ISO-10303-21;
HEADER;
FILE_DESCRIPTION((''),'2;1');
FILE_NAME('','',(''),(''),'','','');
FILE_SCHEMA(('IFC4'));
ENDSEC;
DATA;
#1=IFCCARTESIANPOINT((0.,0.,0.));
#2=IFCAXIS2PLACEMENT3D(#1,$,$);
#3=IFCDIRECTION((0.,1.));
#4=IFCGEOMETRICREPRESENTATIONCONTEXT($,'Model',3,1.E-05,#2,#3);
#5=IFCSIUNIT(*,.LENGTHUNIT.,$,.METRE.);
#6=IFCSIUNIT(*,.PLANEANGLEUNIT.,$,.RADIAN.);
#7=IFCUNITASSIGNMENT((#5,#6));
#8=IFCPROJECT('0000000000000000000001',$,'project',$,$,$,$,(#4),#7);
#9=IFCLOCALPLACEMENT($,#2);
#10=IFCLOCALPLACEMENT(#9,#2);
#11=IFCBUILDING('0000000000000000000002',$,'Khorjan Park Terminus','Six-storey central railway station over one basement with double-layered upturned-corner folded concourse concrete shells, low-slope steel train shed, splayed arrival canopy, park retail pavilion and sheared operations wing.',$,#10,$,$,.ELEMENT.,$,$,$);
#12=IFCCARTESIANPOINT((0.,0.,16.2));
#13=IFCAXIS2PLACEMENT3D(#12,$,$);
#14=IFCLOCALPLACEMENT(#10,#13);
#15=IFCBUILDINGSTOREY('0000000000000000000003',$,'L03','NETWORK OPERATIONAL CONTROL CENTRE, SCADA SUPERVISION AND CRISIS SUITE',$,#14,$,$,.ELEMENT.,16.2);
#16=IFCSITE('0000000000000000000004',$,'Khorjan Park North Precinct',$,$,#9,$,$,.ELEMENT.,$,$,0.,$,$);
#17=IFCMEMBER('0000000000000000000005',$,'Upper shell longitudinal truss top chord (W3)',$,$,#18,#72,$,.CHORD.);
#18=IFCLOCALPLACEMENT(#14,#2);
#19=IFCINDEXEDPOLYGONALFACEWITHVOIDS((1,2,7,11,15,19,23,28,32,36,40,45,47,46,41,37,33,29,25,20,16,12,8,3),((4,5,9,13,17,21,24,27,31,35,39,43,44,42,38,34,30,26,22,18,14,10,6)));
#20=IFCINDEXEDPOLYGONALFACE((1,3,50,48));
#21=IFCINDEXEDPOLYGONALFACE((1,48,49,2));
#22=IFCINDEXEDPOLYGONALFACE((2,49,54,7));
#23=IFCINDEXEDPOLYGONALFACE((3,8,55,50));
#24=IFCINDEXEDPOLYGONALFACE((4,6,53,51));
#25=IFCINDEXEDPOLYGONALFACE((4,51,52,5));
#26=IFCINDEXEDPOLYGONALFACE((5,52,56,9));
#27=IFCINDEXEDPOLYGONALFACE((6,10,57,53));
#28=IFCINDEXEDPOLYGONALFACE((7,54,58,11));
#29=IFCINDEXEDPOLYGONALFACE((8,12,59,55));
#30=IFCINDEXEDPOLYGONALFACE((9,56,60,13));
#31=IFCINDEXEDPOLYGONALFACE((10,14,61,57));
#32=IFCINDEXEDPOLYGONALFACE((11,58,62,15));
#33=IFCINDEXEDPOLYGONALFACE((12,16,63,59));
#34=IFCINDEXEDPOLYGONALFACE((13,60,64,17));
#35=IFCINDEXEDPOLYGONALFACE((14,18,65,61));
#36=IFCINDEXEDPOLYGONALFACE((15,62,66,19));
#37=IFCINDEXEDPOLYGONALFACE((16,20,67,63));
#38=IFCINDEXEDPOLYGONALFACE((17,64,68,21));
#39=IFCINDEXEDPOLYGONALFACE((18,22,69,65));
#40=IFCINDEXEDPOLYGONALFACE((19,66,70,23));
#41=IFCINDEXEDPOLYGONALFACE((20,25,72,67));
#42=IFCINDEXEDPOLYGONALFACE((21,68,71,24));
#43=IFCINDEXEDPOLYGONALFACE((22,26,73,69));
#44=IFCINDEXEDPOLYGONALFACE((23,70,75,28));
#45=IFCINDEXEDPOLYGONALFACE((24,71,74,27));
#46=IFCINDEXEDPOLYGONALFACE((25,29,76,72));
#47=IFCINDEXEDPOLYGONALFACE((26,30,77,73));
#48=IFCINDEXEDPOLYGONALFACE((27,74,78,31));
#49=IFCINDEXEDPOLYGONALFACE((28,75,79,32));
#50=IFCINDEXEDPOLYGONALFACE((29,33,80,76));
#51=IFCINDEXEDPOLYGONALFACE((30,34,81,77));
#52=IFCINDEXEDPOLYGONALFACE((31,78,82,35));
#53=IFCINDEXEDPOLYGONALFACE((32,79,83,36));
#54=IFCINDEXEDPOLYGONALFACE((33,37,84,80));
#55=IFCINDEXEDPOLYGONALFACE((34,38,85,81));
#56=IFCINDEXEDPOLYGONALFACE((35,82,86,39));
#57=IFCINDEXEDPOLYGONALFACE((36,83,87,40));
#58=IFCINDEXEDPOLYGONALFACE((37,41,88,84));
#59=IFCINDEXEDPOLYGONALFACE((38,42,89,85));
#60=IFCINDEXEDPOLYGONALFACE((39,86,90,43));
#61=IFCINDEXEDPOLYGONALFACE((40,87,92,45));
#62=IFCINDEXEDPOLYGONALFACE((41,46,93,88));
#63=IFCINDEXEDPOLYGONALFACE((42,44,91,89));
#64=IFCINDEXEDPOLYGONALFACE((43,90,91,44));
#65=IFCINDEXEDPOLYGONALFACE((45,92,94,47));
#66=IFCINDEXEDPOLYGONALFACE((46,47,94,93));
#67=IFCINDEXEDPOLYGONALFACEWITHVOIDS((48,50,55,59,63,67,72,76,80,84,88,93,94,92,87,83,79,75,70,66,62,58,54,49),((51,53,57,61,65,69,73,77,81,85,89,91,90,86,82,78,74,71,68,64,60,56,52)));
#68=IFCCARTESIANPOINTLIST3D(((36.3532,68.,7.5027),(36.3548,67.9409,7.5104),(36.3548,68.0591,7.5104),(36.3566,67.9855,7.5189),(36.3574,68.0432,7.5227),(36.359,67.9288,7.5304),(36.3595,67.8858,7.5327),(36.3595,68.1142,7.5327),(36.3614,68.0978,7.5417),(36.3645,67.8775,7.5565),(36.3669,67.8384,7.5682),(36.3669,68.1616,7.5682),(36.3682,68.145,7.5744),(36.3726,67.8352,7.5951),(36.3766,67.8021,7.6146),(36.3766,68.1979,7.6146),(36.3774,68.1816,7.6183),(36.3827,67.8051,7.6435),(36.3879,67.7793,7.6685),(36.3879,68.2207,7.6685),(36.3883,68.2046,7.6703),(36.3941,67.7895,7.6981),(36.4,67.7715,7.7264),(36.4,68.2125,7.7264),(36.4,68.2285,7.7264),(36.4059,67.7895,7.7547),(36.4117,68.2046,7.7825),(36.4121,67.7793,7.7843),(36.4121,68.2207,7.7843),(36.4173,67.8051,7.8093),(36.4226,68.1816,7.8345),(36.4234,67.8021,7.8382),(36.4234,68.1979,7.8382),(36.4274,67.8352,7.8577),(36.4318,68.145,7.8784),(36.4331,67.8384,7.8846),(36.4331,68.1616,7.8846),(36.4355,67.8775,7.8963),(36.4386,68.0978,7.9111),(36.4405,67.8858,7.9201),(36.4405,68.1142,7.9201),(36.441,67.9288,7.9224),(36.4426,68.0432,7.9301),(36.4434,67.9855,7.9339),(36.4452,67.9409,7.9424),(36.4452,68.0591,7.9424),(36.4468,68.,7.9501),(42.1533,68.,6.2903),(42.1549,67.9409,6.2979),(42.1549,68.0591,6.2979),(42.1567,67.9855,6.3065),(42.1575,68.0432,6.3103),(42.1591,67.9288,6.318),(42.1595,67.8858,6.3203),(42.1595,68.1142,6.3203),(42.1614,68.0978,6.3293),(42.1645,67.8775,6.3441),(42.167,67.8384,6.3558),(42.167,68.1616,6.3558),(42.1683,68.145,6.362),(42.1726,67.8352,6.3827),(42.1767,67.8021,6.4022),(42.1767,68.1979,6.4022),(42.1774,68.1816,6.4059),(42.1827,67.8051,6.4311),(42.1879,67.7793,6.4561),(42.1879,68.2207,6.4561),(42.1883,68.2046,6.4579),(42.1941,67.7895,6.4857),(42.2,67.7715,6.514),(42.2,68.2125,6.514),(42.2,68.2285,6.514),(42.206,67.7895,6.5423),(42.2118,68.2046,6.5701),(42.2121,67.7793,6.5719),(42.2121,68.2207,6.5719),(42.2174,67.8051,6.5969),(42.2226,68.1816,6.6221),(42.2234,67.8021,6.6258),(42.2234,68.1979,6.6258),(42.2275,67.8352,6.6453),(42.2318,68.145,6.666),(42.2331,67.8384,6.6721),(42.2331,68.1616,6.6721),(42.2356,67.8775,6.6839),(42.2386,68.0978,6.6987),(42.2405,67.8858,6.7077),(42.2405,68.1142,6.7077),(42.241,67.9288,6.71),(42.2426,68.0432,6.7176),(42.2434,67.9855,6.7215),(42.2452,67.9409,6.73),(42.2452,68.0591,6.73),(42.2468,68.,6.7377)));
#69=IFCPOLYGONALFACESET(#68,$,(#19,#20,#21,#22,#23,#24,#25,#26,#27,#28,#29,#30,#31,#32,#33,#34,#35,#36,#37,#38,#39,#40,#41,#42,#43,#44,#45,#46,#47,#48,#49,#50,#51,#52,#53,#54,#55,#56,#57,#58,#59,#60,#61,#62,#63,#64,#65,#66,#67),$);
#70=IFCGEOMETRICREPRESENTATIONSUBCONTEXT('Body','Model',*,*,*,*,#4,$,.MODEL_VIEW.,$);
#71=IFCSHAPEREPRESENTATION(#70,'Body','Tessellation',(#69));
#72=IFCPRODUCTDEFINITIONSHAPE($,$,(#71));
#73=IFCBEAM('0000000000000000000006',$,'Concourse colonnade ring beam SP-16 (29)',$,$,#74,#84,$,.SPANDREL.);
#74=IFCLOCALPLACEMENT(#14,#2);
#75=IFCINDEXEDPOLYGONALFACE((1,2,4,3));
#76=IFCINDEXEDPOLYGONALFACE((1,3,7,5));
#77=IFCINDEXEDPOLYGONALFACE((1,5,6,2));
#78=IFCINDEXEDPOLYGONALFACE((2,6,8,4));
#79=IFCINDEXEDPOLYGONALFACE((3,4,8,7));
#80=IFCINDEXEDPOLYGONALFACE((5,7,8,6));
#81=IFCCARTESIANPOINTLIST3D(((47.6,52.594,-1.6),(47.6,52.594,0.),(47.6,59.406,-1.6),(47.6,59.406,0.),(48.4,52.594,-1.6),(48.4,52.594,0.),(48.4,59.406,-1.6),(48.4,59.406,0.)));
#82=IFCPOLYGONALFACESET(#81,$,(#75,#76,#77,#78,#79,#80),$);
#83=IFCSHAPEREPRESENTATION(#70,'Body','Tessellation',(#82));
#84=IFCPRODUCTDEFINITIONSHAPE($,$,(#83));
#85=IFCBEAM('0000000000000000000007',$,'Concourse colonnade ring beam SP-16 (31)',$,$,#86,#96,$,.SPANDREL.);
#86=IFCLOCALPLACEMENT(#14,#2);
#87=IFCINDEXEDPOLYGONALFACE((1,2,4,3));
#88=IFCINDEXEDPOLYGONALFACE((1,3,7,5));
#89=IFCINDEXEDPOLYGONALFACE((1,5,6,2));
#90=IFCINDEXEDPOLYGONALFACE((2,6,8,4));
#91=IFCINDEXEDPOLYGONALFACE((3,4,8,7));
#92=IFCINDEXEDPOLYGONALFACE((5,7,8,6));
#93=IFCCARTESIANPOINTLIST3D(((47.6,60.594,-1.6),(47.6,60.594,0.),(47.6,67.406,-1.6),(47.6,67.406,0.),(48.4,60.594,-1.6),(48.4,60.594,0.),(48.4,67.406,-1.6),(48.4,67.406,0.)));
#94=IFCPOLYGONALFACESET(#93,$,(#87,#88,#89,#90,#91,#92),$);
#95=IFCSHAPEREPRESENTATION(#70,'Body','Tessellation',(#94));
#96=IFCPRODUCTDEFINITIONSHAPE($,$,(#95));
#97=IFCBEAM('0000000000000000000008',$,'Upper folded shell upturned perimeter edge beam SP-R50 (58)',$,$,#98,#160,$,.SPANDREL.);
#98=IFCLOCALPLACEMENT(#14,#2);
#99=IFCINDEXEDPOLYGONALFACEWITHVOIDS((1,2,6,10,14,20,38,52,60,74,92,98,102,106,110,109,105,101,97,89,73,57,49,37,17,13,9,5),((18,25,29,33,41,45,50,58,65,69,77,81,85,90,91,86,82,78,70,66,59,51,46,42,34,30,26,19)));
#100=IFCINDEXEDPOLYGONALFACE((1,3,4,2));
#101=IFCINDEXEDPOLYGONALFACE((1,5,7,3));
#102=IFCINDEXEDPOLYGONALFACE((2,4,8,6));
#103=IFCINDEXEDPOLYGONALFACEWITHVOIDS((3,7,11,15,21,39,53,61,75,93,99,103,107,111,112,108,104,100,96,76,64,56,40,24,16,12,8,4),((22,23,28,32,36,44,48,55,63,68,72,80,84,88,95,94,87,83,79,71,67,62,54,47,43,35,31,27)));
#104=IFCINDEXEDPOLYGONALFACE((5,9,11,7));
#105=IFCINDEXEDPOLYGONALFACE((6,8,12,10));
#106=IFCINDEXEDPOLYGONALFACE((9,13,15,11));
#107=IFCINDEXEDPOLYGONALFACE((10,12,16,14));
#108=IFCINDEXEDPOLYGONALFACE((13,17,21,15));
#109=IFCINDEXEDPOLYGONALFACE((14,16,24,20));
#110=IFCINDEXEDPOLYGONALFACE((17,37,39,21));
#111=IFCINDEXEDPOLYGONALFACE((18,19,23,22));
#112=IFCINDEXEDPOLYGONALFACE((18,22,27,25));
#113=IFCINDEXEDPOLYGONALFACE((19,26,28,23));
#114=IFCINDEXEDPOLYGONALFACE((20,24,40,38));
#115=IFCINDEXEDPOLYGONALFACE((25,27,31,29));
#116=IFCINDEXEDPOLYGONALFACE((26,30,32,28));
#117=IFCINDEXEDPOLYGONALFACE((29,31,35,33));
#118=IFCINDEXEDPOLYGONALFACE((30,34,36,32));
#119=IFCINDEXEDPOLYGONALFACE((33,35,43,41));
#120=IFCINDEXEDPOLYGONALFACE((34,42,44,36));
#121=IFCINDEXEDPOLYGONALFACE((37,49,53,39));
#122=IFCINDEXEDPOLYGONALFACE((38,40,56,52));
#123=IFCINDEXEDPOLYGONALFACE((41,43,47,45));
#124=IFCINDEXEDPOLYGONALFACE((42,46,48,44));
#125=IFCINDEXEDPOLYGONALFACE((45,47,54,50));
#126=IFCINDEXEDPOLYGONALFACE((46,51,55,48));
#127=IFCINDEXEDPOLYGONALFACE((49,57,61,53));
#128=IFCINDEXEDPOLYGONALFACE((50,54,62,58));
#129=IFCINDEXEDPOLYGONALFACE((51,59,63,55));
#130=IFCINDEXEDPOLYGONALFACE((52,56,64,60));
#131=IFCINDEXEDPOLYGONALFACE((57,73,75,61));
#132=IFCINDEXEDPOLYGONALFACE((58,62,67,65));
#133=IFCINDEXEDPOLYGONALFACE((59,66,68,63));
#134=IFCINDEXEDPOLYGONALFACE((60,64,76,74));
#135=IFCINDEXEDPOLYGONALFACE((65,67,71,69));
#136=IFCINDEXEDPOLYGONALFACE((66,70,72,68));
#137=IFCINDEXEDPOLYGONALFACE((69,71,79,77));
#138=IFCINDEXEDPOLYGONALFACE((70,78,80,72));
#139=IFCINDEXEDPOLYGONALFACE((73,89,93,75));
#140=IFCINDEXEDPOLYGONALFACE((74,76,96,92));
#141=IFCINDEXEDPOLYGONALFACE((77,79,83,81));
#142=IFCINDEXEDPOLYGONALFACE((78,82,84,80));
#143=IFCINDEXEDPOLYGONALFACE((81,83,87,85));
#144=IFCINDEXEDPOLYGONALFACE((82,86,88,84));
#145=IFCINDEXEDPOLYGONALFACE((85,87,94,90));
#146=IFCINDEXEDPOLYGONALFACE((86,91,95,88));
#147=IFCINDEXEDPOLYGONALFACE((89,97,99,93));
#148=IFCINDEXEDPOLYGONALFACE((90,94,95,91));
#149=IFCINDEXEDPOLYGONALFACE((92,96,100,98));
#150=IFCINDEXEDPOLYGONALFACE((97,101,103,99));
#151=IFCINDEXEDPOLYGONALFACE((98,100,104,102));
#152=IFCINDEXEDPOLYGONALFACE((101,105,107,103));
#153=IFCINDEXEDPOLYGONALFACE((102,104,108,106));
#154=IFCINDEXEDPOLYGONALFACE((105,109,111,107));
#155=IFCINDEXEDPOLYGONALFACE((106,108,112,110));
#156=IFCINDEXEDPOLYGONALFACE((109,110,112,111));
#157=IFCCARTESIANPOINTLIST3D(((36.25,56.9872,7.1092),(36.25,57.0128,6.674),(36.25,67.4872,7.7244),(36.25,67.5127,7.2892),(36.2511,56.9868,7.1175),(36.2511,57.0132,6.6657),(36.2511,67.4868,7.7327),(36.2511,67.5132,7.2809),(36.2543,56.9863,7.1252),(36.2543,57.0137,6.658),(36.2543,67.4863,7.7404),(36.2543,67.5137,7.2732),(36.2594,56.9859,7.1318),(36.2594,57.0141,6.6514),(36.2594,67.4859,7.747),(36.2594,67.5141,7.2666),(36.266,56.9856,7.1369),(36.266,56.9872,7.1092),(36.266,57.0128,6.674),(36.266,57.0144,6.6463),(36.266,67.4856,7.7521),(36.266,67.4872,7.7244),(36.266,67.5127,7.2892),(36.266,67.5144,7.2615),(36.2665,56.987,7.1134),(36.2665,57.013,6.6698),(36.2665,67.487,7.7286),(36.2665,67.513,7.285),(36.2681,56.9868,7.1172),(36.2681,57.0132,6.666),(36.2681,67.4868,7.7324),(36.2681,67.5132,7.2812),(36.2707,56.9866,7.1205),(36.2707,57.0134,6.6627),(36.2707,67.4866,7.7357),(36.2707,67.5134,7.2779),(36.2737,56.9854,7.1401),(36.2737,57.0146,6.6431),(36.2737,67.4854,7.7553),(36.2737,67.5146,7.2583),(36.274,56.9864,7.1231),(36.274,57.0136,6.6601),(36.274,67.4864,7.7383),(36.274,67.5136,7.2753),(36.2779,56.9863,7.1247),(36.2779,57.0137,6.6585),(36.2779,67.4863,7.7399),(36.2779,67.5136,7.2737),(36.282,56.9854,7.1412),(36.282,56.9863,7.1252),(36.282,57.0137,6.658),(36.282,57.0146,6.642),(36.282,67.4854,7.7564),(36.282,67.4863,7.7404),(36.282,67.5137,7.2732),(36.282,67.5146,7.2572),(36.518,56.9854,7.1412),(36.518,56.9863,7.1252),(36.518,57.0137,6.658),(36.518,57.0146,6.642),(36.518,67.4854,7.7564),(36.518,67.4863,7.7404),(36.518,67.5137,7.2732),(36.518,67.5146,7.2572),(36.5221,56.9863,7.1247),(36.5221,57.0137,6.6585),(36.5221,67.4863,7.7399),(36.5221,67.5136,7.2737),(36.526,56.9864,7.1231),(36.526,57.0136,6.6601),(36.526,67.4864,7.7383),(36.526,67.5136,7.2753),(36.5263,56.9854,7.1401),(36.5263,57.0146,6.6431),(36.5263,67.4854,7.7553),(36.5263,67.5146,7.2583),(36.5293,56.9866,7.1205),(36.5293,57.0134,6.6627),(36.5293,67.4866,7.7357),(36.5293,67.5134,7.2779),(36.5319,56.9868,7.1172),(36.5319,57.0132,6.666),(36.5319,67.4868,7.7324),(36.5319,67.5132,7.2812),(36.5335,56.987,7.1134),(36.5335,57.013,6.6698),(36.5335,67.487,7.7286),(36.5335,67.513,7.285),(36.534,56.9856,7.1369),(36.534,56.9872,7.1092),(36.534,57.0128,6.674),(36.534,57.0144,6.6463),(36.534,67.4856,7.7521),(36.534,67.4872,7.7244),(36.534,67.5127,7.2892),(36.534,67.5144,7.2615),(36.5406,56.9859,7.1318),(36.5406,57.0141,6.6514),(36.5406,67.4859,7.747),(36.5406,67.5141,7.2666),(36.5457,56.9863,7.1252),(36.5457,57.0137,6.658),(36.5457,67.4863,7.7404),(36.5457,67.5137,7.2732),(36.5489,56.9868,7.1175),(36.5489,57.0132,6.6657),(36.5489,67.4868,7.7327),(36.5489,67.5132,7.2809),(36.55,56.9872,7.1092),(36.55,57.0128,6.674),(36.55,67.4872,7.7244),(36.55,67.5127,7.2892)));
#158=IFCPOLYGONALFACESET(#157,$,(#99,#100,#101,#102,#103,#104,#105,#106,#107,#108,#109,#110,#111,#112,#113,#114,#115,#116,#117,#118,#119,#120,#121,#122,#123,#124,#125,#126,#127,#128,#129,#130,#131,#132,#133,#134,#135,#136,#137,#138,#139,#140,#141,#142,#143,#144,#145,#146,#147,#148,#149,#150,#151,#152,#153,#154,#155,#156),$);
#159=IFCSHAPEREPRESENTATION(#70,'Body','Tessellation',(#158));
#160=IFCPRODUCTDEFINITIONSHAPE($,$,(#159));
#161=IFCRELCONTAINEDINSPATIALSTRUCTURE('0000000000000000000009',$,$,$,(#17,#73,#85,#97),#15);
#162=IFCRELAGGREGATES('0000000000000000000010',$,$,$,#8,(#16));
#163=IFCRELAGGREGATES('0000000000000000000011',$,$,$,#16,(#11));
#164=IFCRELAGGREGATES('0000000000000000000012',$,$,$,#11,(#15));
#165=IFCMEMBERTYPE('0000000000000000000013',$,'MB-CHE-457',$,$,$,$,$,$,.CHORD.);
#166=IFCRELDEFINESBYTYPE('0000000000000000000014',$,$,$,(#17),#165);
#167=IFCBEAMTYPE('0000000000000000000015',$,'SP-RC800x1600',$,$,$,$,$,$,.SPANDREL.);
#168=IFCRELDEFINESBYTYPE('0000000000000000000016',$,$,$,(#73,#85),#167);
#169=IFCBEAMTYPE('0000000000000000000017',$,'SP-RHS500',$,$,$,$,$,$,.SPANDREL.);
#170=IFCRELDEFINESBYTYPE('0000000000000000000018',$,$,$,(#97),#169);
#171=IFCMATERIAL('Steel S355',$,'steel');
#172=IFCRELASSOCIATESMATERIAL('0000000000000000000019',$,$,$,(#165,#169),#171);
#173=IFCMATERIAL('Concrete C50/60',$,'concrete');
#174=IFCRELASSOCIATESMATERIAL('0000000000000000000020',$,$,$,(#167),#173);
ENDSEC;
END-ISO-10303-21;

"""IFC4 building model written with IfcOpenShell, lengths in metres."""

from ifc_helpers import new_model, si_unit, direction, frame, origin, origin_2d, place, context, subcontext, project, spatial, rectangle, hollow_rectangle, hollow_circle, extrude, material, material_profile, profile_set, type_object, element, save


model = new_model("IFC4")

# Units and contexts
model_context = context("Model", 3, precision=1e-05, world=origin(), true_north=direction((0.0, 1.0)))
body_context = subcontext(model_context, "Body", "Model", "MODEL_VIEW")
ifc_project = project(units=[si_unit("LENGTHUNIT", "METRE"), si_unit("PLANEANGLEUNIT", "RADIAN")], contexts=[model_context])

# Site, building, storey
site_placement = place(None, origin())
site = spatial("IfcSite", under=ifc_project, at=site_placement, Name="Khorjan Park North Precinct", CompositionType="ELEMENT", RefElevation=0.0)
building_placement = place(site_placement, origin())
building = spatial("IfcBuilding", under=site, at=building_placement, Name="Khorjan Park Terminus", Description="Six-storey central railway station over one basement with double-layered upturned-corner folded concourse concrete shells, low-slope steel train shed, splayed arrival canopy, park retail pavilion and sheared operations wing.", CompositionType="ELEMENT")
storey_placement = place(building_placement, frame((0.0, 0.0, 16.2)))
storey = spatial("IfcBuildingStorey", under=building, at=storey_placement, Name="L03", Description="NETWORK OPERATIONAL CONTROL CENTRE, SCADA SUPERVISION AND CRISIS SUITE", CompositionType="ELEMENT", Elevation=16.2)

# Shared definitions
ifc_material_1 = material(Name="Concrete C50/60", Category="concrete")

# Member
ifc_material_2 = material(Name="Steel S355", Category="steel")
ifc_material_profile_1 = material_profile(ifc_material_2, hollow_circle(Radius=0.2285, WallThickness=0.016, at=origin_2d()), Name="CHS 457x16")
ifc_profile_set_1 = profile_set([ifc_material_profile_1], Name="Steel S355")
member_type_1 = type_object("IfcMemberType", Name="MB-CHE-457", PredefinedType="CHORD", material=ifc_profile_set_1)
member_1_placement = place(storey_placement, frame((36.4, 68.0, 7.7264), z_axis=(0.978843, 0.0, -0.204612), x_axis=(0.0, 1.0, 0.0)))
element("IfcMember", 1, at=member_1_placement, inside=storey, type_object=member_type_1, Name="Upper shell longitudinal truss top chord (W3)", PredefinedType="CHORD", context=body_context, shape_type="SweptSolid", body=[
    extrude(hollow_circle(Radius=0.2285, WallThickness=0.016, at=origin_2d()), origin(), (0.0, 0.0, 1.0), 5.9254),
])

# Beams
ifc_material_profile_2 = material_profile(ifc_material_1, rectangle(XDim=0.8, YDim=1.6, at=origin_2d()), Name="RC 800x1600")
ifc_profile_set_2 = profile_set([ifc_material_profile_2], Name="Concrete C50/60")
beam_type_1 = type_object("IfcBeamType", Name="SP-RC800x1600", PredefinedType="SPANDREL", material=ifc_profile_set_2)
for number, where, z_axis, x_axis, name in (
    (2, (48.0, 52.594, -0.8), (0.0, 1.0, 0.0), (-1.0, 0.0, 0.0), "Concourse colonnade ring beam SP-16 (29)"),
    (3, (48.0, 60.594, -0.8), (0.0, 1.0, 0.0), (-1.0, 0.0, 0.0), "Concourse colonnade ring beam SP-16 (31)"),
):
    element("IfcBeam", number, at=place(storey_placement, frame(where, z_axis=z_axis, x_axis=x_axis)), inside=storey, type_object=beam_type_1, Name=name, PredefinedType="SPANDREL", context=body_context, shape_type="SweptSolid", body=[
        extrude(rectangle(XDim=0.8, YDim=1.6, at=origin_2d()), origin(), (0.0, 0.0, 1.0), 6.812),
    ])
ifc_material_profile_3 = material_profile(ifc_material_2, hollow_rectangle(XDim=0.3, YDim=0.5, WallThickness=0.016, InnerFilletRadius=0.016, OuterFilletRadius=0.032, at=origin_2d()), Name="RHS 500x300x16")
ifc_profile_set_3 = profile_set([ifc_material_profile_3], Name="Steel S355")
beam_type_2 = type_object("IfcBeamType", Name="SP-RHS500", PredefinedType="SPANDREL", material=ifc_profile_set_3)
beam_1_placement = place(storey_placement, frame((36.4, 57.0, 6.8916), z_axis=(0.0, 0.998288, 0.05849), x_axis=(-1.0, 0.0, 0.0)))
element("IfcBeam", 4, at=beam_1_placement, inside=storey, type_object=beam_type_2, Name="Upper folded shell upturned perimeter edge beam SP-R50 (58)", PredefinedType="SPANDREL", context=body_context, shape_type="SweptSolid", body=[
    extrude(hollow_rectangle(XDim=0.3, YDim=0.5, WallThickness=0.016, InnerFilletRadius=0.016, OuterFilletRadius=0.032, at=origin_2d()), origin(), (0.0, 0.0, 1.0), 10.518),
])

save(model, "model.ifc")
